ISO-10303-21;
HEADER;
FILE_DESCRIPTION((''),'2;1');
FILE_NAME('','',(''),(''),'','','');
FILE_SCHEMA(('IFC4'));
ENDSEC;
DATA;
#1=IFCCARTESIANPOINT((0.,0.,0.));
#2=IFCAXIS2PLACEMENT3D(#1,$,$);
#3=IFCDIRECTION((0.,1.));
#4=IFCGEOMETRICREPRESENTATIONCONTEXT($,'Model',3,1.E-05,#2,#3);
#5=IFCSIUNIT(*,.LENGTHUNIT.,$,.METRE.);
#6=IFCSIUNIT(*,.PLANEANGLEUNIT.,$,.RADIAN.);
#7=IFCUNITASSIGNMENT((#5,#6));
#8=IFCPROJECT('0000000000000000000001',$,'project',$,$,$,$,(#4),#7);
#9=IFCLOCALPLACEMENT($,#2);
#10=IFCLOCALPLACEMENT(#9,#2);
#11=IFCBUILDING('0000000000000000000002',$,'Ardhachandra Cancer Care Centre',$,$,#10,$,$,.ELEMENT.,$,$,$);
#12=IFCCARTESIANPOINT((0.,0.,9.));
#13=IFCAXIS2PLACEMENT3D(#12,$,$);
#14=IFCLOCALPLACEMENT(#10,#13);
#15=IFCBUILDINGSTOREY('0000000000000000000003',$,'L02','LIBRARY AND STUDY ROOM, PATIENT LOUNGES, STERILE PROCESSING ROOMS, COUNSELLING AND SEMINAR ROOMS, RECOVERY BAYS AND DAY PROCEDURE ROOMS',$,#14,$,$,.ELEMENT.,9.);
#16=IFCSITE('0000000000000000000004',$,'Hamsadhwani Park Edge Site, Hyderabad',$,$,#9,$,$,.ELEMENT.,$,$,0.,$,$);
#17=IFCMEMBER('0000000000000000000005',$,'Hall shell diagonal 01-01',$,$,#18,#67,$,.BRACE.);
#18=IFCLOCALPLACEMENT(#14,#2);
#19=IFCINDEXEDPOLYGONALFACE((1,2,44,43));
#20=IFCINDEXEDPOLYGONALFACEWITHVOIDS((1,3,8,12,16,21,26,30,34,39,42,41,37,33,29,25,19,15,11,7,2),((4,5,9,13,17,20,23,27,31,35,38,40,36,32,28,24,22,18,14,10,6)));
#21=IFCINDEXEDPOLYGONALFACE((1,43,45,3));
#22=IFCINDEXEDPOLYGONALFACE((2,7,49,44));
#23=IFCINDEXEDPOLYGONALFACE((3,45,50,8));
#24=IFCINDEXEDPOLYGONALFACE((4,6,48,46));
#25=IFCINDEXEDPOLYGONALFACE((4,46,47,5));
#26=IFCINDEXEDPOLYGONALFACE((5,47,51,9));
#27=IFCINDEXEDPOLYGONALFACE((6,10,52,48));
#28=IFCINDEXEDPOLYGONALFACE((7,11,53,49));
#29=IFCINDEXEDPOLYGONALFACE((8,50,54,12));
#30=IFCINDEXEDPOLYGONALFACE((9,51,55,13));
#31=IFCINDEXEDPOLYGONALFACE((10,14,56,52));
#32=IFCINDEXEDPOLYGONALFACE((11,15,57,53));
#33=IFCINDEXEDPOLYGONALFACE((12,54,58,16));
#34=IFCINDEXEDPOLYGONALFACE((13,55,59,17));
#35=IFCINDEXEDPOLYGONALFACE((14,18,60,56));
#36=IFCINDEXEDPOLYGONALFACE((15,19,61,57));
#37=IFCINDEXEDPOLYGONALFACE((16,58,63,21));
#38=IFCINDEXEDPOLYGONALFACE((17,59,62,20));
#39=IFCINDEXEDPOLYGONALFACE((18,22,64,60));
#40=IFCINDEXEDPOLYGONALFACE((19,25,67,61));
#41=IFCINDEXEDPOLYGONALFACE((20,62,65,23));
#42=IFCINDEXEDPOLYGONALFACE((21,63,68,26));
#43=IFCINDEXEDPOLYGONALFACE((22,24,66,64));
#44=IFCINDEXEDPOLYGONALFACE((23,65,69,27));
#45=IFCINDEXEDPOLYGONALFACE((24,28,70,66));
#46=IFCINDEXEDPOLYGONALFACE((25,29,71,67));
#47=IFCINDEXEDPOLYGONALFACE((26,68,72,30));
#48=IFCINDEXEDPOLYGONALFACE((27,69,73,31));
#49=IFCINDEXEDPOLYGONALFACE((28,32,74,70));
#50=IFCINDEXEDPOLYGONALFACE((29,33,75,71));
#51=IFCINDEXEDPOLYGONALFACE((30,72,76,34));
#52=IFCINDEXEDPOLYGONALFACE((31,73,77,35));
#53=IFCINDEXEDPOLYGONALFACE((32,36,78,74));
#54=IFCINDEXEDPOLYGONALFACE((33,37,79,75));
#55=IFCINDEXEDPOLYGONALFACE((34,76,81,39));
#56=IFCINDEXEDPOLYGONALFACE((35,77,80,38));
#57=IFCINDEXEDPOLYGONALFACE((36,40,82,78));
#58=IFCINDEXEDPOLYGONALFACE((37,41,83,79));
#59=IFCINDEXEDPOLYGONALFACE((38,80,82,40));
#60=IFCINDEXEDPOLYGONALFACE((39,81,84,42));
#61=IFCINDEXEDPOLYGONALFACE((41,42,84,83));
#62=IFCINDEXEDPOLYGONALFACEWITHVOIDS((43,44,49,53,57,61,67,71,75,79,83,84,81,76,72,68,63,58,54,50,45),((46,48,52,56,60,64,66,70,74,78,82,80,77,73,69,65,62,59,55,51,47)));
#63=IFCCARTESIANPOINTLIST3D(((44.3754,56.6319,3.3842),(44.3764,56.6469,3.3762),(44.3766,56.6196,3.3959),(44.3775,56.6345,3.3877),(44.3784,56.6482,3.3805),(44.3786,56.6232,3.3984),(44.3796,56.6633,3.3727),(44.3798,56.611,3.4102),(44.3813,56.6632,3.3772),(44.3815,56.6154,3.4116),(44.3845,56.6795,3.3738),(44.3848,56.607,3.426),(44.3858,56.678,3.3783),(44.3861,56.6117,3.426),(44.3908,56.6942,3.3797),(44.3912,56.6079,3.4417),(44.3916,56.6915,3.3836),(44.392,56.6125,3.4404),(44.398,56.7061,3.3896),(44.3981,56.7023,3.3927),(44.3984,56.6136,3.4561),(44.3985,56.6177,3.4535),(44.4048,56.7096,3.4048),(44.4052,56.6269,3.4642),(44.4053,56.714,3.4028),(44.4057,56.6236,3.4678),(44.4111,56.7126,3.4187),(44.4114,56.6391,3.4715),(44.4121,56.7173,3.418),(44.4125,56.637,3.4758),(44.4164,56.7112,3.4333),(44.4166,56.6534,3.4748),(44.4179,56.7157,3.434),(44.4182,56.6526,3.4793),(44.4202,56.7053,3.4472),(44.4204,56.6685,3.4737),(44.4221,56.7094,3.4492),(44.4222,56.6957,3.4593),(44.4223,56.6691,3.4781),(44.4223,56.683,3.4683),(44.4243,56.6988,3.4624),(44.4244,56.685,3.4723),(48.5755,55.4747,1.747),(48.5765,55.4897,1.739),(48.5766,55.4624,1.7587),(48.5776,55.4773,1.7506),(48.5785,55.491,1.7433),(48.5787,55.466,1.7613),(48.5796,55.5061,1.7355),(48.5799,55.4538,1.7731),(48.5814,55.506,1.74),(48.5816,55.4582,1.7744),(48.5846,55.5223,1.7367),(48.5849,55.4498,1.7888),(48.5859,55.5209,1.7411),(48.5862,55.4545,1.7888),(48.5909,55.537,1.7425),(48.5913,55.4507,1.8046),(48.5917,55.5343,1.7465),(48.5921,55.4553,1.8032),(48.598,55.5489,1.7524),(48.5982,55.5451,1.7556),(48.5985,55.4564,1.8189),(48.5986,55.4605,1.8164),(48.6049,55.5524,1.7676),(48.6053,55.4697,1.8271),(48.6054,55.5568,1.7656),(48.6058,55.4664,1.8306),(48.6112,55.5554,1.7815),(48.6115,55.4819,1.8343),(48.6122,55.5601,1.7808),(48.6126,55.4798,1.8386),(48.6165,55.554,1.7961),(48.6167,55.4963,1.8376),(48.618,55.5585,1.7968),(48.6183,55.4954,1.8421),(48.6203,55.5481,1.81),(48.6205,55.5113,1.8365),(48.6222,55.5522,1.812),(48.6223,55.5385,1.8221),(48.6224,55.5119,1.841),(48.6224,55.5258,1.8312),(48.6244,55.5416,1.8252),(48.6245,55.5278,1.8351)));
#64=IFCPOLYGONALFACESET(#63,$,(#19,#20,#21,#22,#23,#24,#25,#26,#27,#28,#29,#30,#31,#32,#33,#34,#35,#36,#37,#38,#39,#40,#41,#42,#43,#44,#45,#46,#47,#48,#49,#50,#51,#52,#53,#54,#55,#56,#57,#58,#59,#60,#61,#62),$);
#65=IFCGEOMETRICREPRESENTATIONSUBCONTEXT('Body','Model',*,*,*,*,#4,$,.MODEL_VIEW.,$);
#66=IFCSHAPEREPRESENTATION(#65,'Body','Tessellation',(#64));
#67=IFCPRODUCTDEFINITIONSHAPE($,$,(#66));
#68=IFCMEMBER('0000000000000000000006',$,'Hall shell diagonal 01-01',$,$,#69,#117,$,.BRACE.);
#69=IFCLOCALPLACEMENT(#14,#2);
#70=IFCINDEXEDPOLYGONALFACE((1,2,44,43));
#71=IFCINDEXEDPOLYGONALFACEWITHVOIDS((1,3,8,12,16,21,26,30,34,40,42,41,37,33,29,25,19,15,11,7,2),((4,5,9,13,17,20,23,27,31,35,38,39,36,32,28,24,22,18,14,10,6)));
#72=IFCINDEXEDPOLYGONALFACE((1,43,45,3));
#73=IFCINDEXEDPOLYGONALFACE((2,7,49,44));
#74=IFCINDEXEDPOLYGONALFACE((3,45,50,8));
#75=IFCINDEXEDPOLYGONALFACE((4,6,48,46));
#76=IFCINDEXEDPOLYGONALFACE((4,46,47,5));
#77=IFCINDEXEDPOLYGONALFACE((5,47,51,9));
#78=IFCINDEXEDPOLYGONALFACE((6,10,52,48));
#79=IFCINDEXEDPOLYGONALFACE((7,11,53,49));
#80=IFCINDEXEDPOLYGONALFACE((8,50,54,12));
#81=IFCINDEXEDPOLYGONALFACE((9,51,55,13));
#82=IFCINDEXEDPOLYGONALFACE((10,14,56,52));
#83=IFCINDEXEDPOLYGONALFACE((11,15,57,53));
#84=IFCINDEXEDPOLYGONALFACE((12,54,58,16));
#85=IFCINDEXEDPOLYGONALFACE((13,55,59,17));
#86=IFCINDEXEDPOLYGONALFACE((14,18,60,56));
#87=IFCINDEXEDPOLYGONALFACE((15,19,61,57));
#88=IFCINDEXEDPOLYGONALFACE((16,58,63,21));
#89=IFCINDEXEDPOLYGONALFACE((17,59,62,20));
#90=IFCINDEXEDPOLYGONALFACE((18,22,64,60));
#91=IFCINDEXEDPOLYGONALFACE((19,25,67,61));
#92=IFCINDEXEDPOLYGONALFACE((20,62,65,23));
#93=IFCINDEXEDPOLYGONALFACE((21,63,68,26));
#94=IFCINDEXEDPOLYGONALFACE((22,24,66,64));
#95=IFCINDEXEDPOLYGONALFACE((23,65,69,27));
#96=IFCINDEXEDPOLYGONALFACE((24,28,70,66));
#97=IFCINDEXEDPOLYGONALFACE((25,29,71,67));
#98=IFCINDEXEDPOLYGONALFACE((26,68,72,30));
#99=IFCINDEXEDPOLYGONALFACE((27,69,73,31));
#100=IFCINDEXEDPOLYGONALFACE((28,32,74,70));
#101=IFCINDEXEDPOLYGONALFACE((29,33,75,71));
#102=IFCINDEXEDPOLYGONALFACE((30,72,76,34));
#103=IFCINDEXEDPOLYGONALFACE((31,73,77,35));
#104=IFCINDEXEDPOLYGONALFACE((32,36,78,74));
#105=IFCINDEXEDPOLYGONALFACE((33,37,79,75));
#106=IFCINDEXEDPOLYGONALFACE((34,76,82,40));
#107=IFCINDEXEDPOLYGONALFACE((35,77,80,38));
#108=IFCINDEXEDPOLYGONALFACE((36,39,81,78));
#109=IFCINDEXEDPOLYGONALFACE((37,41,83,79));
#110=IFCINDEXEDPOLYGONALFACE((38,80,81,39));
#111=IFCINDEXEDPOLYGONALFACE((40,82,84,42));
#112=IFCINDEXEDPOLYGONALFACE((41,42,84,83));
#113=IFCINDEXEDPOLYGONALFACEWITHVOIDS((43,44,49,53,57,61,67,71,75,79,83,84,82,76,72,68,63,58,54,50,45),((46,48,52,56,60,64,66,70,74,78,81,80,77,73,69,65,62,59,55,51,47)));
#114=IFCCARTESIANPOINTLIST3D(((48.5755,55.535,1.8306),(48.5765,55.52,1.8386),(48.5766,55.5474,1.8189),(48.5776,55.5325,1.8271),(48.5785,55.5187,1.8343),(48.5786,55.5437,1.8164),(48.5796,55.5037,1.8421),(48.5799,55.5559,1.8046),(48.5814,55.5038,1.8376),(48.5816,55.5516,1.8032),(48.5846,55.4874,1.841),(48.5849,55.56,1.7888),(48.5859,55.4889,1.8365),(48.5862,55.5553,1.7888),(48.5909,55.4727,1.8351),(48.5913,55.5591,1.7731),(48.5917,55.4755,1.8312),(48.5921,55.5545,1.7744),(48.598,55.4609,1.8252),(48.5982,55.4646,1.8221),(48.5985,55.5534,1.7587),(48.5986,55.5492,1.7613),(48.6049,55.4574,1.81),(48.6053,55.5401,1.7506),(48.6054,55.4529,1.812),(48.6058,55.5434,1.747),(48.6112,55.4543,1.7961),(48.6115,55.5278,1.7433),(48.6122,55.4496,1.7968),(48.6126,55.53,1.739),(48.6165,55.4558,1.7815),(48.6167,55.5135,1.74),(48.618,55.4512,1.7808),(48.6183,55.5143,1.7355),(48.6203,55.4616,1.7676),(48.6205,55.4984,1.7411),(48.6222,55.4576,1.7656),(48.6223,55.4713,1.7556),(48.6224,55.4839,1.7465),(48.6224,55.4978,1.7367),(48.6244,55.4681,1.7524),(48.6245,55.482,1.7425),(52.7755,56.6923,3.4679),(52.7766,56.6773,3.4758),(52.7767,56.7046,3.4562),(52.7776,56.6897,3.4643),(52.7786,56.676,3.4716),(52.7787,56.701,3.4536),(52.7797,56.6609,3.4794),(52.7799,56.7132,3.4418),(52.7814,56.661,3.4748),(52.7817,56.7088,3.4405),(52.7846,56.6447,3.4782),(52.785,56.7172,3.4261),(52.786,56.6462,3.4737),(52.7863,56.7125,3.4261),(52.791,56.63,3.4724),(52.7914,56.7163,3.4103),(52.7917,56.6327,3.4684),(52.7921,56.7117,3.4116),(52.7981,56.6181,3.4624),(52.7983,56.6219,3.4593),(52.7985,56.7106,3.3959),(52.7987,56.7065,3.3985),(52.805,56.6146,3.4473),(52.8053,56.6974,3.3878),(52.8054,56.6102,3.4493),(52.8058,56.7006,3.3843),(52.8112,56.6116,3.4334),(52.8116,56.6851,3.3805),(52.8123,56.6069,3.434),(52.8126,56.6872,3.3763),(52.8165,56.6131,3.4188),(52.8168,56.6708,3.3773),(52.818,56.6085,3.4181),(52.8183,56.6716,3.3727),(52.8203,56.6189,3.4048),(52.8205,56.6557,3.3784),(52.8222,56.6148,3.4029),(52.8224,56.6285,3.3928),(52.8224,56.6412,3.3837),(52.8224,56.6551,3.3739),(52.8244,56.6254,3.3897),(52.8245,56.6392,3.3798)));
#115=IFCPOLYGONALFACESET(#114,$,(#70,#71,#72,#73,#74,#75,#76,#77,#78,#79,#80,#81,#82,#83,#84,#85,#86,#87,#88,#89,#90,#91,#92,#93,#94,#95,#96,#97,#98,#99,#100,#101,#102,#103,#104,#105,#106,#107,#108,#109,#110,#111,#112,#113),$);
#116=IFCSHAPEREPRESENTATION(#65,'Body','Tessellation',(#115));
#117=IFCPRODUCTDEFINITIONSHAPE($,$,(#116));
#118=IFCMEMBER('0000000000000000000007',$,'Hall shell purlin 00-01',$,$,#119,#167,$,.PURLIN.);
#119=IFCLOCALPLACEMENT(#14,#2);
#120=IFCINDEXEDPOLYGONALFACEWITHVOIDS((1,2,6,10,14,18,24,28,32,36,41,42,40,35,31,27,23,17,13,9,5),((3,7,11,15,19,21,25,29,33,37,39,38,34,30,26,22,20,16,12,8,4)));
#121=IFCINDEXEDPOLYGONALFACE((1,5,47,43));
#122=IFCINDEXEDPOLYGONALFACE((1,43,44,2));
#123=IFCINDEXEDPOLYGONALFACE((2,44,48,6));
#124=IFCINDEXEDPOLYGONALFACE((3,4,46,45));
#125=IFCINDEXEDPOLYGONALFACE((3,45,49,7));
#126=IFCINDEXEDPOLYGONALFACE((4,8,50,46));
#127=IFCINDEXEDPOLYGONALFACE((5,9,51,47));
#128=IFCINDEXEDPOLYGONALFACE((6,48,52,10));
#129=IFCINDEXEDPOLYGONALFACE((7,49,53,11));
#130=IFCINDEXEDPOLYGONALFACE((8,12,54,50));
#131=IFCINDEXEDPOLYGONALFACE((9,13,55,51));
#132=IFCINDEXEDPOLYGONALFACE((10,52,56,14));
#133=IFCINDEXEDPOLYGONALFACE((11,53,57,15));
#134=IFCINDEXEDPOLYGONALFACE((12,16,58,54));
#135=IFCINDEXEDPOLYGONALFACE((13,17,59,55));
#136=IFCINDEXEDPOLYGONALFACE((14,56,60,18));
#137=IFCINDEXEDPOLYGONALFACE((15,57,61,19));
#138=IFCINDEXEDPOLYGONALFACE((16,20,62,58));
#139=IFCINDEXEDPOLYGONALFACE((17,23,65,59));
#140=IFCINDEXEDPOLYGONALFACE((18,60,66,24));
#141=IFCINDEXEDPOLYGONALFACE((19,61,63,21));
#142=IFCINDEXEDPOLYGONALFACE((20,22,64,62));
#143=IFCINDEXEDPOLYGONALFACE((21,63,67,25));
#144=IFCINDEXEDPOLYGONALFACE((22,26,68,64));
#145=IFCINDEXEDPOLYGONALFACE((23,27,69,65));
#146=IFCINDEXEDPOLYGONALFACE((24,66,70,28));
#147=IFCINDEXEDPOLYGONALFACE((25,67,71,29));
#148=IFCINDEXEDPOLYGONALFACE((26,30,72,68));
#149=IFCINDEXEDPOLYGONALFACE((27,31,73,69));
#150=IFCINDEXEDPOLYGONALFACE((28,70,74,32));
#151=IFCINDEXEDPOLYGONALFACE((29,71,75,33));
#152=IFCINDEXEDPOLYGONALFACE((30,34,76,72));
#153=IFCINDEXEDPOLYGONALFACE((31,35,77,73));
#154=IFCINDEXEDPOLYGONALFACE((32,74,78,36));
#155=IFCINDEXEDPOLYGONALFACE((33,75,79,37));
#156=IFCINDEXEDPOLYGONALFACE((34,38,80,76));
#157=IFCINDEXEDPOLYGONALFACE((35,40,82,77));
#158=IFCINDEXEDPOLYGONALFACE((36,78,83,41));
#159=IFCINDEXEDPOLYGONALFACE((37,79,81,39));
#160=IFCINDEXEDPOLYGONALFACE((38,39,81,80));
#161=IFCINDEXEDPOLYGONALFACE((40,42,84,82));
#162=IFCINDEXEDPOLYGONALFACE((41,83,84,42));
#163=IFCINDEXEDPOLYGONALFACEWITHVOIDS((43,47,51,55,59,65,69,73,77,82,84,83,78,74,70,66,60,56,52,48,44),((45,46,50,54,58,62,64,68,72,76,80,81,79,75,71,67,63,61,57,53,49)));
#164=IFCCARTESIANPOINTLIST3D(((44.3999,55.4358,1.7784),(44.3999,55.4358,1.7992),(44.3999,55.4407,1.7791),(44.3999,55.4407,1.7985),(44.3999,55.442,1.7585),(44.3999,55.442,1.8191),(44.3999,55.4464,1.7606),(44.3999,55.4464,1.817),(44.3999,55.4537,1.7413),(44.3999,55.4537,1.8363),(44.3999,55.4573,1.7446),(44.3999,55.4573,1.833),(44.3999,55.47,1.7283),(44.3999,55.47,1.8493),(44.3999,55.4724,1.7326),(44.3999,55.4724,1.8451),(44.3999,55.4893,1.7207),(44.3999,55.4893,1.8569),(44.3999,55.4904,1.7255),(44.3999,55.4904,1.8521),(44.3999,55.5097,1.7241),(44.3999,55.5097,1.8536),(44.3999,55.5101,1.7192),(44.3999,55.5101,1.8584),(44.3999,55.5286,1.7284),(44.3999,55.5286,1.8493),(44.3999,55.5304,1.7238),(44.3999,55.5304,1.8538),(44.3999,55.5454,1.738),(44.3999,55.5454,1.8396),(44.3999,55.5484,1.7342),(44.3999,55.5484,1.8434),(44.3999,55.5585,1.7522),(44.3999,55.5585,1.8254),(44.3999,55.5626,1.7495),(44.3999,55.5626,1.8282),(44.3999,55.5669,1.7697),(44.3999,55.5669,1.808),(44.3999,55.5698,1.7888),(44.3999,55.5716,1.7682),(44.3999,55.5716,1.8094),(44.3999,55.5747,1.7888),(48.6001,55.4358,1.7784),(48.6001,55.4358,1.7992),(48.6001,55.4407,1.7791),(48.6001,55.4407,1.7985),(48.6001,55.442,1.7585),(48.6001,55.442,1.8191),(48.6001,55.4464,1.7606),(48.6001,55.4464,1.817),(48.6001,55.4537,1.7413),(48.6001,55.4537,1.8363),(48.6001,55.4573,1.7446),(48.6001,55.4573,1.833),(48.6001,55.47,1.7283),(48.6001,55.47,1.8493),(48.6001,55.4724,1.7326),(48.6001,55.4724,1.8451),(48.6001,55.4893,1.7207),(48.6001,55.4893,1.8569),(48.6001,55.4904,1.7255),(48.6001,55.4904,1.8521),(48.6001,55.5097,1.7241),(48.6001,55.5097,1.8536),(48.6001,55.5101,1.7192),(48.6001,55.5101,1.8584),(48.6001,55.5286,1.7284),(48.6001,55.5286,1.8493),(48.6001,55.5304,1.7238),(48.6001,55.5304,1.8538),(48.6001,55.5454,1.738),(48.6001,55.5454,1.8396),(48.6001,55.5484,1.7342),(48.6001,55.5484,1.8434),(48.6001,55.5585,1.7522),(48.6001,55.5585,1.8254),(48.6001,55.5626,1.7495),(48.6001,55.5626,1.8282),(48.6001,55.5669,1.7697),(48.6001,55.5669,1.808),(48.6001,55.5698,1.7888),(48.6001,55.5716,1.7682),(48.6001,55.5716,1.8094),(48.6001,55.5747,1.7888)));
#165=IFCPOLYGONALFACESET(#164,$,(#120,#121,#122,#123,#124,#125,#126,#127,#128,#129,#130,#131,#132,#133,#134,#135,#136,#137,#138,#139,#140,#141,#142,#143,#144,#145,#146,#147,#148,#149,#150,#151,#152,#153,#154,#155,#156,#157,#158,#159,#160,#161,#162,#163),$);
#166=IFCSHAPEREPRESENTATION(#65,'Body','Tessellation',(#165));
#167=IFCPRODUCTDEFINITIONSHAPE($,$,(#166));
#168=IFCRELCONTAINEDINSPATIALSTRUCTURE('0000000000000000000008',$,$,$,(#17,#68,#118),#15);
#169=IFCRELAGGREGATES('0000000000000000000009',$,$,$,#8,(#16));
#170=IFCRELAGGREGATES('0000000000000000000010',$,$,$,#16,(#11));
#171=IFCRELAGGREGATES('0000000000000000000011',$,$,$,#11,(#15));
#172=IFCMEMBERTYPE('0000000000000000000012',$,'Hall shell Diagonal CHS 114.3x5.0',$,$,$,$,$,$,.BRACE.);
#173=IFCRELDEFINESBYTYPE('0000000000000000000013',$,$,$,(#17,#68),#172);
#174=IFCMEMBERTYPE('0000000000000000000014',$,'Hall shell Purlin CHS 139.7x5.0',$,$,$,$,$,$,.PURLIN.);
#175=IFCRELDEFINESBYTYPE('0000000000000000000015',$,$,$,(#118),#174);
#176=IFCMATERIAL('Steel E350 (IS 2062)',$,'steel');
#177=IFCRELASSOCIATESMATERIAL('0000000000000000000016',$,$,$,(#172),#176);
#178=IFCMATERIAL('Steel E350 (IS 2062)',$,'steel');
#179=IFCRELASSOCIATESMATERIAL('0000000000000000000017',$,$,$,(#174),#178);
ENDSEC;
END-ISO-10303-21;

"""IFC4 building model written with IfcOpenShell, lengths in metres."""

from ifc_helpers import new_model, si_unit, direction, frame, origin, origin_2d, place, context, subcontext, project, spatial, hollow_circle, extrude, material, material_profile, profile_set, type_object, element, save


model = new_model("IFC4")

# Units and contexts
model_context = context("Model", 3, precision=1e-05, world=origin(), true_north=direction((0.0, 1.0)))
body_context = subcontext(model_context, "Body", "Model", "MODEL_VIEW")
ifc_project = project(units=[si_unit("LENGTHUNIT", "METRE"), si_unit("PLANEANGLEUNIT", "RADIAN")], contexts=[model_context])

# Site, building, storey
site_placement = place(None, origin())
site = spatial("IfcSite", under=ifc_project, at=site_placement, Name="Hamsadhwani Park Edge Site, Hyderabad", CompositionType="ELEMENT", RefElevation=0.0)
building_placement = place(site_placement, origin())
building = spatial("IfcBuilding", under=site, at=building_placement, Name="Ardhachandra Cancer Care Centre", CompositionType="ELEMENT")
storey_placement = place(building_placement, frame((0.0, 0.0, 9.0)))
storey = spatial("IfcBuildingStorey", under=building, at=storey_placement, Name="L02", Description="LIBRARY AND STUDY ROOM, PATIENT LOUNGES, STERILE PROCESSING ROOMS, COUNSELLING AND SEMINAR ROOMS, RECOVERY BAYS AND DAY PROCEDURE ROOMS", CompositionType="ELEMENT", Elevation=9.0)

# Members
ifc_material_1 = material(Name="Steel E350 (IS 2062)", Category="steel")
ifc_material_profile_1 = material_profile(ifc_material_1, hollow_circle(Radius=0.0571, WallThickness=0.0049, at=origin_2d()), Name="CHS 114.3x5.0")
ifc_profile_set_1 = profile_set([ifc_material_profile_1], Name="Steel E350 (IS 2062)")
member_type_1 = type_object("IfcMemberType", Name="Hall shell Diagonal CHS 114.3x5.0", PredefinedType="BRACE", material=ifc_profile_set_1)
for number, where, z_axis, x_axis, name in (
    (1, (48.6001, 55.5049, 1.7888), (-0.902459, 0.248643, 0.351772), (-0.26562, -0.964078, 0.0), "Hall shell diagonal 01-01"),
    (2, (48.6001, 55.5049, 1.7888), (0.90245, 0.248655, 0.351789), (-0.265634, 0.964074, 0.0), "Hall shell diagonal 01-01"),
):
    element("IfcMember", number, at=place(storey_placement, frame(where, z_axis=z_axis, x_axis=x_axis)), inside=storey, type_object=member_type_1, Name=name, PredefinedType="BRACE", context=body_context, shape_type="SweptSolid", body=[
        extrude(hollow_circle(Radius=0.0571, WallThickness=0.0049, at=origin_2d()), origin(), (0.0, 0.0, 1.0), 4.6541),
    ])
ifc_material_2 = material(Name="Steel E350 (IS 2062)", Category="steel")
ifc_material_profile_2 = material_profile(ifc_material_2, hollow_circle(Radius=0.0698, WallThickness=0.0049, at=origin_2d()), Name="CHS 139.7x5.0")
ifc_profile_set_2 = profile_set([ifc_material_profile_2], Name="Steel E350 (IS 2062)")
member_type_2 = type_object("IfcMemberType", Name="Hall shell Purlin CHS 139.7x5.0", PredefinedType="PURLIN", material=ifc_profile_set_2)
member_1_placement = place(storey_placement, frame((44.3999, 55.5049, 1.7888), z_axis=(1.0, 0.0, 0.0), x_axis=(0.0, 1.0, 0.0)))
element("IfcMember", 3, at=member_1_placement, inside=storey, type_object=member_type_2, Name="Hall shell purlin 00-01", PredefinedType="PURLIN", context=body_context, shape_type="SweptSolid", body=[
    extrude(hollow_circle(Radius=0.0698, WallThickness=0.0049, at=origin_2d()), origin(), (0.0, 0.0, 1.0), 4.2002),
])

save(model, "model.ifc")
